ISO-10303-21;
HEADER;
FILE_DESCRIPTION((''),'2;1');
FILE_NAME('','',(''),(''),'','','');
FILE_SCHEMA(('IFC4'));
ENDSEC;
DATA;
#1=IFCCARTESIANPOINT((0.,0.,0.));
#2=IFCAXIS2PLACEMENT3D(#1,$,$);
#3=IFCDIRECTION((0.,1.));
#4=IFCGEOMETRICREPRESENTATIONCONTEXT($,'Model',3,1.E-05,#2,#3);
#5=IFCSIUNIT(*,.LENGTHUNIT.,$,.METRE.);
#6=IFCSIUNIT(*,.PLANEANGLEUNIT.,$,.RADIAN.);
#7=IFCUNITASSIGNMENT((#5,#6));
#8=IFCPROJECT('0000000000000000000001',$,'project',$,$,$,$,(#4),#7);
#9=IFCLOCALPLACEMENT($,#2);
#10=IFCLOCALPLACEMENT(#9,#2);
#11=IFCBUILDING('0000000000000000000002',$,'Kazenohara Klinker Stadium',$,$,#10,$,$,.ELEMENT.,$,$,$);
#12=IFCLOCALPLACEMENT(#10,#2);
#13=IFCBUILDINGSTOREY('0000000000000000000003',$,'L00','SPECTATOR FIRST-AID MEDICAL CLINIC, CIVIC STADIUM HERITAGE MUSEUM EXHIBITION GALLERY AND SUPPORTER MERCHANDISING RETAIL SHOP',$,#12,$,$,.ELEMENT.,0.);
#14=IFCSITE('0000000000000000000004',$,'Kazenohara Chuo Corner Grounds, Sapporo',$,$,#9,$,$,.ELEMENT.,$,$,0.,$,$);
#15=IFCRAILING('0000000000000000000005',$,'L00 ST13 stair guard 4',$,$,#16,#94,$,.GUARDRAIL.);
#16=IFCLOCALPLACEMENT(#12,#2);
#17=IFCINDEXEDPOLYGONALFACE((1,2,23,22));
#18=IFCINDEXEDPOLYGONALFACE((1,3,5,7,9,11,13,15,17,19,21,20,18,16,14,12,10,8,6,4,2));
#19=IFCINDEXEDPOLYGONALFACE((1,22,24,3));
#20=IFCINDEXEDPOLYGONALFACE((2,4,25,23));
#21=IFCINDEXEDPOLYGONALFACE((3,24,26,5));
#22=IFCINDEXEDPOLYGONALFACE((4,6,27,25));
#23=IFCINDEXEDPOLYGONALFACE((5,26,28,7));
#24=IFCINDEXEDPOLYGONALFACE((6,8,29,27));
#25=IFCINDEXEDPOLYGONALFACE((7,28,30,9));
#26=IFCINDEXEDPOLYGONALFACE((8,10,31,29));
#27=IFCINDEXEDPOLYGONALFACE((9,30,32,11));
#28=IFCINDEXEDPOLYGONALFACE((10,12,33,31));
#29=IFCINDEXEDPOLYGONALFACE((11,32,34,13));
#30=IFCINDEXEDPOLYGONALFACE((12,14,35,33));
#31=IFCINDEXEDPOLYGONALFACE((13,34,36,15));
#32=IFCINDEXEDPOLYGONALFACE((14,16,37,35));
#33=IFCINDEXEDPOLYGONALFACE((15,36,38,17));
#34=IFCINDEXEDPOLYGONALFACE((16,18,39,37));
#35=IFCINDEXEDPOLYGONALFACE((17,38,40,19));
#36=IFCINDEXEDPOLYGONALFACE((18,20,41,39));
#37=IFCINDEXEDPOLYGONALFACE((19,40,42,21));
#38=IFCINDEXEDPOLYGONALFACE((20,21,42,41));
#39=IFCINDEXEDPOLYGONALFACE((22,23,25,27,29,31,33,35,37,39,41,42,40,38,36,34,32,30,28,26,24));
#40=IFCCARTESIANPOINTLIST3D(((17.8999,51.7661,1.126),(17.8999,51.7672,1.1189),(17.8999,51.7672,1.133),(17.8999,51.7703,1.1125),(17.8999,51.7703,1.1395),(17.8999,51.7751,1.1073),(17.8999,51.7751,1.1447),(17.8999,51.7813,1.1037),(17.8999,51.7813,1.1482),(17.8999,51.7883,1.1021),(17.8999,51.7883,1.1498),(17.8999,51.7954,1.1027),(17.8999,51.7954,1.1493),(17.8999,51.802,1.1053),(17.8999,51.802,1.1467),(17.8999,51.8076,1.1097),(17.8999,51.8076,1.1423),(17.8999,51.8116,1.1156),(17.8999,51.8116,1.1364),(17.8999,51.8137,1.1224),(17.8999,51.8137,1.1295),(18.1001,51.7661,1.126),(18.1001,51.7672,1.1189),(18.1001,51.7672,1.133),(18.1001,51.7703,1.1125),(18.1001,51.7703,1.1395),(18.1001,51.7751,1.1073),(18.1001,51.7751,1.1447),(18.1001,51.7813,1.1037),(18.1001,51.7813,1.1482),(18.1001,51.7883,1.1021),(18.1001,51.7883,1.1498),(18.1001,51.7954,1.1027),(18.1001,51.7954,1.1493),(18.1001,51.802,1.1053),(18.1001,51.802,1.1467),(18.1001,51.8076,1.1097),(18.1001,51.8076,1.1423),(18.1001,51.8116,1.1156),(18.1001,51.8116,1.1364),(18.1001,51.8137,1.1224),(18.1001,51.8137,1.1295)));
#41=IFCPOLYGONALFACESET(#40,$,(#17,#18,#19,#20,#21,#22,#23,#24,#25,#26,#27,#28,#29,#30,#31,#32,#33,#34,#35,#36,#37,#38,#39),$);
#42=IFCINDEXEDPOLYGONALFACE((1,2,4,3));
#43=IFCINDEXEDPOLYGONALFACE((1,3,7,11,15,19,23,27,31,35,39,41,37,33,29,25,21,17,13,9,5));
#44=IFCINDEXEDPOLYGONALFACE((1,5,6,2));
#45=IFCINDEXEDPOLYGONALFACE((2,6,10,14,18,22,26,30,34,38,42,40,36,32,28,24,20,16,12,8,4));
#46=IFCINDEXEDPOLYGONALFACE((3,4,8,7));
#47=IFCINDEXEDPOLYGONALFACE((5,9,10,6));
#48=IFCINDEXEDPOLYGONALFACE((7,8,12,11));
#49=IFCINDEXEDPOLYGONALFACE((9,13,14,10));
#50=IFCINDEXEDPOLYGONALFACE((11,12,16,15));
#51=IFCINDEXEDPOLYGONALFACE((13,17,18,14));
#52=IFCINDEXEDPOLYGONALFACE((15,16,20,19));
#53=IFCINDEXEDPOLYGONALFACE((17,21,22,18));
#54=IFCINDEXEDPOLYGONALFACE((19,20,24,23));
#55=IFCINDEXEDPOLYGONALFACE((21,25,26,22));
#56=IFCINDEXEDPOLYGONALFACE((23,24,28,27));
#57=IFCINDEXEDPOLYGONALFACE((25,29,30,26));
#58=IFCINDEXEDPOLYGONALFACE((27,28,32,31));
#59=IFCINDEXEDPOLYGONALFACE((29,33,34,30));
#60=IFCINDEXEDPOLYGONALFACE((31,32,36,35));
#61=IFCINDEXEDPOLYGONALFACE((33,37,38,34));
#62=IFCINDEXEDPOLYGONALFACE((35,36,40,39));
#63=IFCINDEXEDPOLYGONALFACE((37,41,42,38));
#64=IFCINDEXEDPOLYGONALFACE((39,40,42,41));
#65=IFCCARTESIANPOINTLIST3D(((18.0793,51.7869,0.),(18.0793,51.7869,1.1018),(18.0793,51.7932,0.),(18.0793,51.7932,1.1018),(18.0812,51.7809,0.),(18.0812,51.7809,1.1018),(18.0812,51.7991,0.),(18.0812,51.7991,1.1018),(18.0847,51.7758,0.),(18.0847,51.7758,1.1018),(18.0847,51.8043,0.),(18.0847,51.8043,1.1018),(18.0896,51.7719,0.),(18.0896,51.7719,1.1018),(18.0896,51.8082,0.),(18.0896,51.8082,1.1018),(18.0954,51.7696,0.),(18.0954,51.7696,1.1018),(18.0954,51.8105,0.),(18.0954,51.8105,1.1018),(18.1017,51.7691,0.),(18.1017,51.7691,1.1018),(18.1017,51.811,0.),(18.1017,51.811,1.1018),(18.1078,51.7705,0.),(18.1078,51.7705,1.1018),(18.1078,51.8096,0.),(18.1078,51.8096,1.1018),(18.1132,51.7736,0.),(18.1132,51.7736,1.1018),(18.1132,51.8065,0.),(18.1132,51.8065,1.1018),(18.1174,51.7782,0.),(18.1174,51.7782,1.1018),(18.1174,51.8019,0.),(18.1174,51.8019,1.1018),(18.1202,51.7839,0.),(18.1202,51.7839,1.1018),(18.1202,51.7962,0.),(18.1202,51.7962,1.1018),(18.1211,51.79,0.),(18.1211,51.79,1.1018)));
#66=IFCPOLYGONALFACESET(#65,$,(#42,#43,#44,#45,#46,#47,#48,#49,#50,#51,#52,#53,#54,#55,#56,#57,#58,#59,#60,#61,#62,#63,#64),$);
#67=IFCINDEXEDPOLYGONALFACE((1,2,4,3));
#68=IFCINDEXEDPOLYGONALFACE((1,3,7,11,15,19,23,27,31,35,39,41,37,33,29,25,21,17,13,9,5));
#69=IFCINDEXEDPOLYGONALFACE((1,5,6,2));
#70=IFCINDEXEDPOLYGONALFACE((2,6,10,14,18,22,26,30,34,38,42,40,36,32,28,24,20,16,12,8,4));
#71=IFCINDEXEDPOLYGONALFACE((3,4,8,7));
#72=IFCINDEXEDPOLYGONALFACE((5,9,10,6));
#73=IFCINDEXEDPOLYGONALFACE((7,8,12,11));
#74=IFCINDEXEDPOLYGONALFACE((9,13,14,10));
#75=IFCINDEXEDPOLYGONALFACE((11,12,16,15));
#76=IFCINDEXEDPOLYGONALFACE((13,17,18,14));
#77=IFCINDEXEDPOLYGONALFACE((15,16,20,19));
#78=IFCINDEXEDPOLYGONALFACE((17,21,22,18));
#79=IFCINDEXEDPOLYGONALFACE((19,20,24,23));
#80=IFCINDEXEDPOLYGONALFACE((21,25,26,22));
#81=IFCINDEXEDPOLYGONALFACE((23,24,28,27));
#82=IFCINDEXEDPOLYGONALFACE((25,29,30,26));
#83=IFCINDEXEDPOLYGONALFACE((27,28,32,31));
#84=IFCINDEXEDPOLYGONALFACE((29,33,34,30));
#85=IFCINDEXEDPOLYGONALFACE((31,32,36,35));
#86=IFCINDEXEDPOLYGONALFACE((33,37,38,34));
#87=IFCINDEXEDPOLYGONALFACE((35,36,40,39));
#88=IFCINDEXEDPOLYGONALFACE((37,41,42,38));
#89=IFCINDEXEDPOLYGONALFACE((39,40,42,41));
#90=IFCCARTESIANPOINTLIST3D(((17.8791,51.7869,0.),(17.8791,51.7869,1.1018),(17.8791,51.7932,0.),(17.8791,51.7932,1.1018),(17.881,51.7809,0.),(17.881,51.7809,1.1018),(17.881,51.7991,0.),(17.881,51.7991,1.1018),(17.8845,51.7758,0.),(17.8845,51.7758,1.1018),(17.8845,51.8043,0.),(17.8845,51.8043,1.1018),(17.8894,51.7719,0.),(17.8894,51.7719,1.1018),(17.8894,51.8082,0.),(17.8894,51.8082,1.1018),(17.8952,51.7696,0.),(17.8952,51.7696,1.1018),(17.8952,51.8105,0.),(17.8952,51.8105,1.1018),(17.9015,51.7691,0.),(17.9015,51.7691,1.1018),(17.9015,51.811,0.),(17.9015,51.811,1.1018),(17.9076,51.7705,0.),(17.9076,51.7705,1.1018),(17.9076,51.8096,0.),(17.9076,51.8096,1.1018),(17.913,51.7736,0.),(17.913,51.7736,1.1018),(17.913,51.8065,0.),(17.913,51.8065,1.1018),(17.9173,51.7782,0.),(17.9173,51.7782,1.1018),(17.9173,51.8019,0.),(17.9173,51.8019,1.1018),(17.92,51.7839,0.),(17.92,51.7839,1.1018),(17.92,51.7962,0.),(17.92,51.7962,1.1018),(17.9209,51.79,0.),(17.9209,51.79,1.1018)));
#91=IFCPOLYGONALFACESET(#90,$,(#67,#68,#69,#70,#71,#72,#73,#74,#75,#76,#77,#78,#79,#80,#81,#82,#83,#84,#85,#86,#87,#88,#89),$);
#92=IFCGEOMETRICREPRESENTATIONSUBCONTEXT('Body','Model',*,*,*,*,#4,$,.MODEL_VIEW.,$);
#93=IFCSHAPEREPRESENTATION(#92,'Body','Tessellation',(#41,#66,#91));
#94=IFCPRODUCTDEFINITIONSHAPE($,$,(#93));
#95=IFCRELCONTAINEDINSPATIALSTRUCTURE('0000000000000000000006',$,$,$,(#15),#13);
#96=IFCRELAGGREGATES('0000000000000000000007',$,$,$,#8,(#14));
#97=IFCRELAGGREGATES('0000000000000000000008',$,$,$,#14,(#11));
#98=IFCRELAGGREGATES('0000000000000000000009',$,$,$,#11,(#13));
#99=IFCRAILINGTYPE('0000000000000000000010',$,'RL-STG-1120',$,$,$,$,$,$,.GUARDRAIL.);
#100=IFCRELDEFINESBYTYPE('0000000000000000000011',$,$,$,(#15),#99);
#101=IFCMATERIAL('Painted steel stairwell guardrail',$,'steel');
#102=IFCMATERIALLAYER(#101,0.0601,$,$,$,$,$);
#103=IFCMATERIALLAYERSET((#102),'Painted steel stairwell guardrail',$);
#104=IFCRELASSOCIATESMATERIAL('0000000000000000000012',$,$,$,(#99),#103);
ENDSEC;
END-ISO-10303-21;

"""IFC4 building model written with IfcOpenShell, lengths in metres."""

from ifc_helpers import new_model, si_unit, direction, frame, origin, origin_2d, place, context, subcontext, project, spatial, circle, extrude, material, layer, layer_set, type_object, element, save


model = new_model("IFC4")

# Units and contexts
model_context = context("Model", 3, precision=1e-05, world=origin(), true_north=direction((0.0, 1.0)))
body_context = subcontext(model_context, "Body", "Model", "MODEL_VIEW")
ifc_project = project(units=[si_unit("LENGTHUNIT", "METRE"), si_unit("PLANEANGLEUNIT", "RADIAN")], contexts=[model_context])

# Site, building, storey
site_placement = place(None, origin())
site = spatial("IfcSite", under=ifc_project, at=site_placement, Name="Kazenohara Chuo Corner Grounds, Sapporo", CompositionType="ELEMENT", RefElevation=0.0)
building_placement = place(site_placement, origin())
building = spatial("IfcBuilding", under=site, at=building_placement, Name="Kazenohara Klinker Stadium", CompositionType="ELEMENT")
storey_placement = place(building_placement, origin())
storey = spatial("IfcBuildingStorey", under=building, at=storey_placement, Name="L00", Description="SPECTATOR FIRST-AID MEDICAL CLINIC, CIVIC STADIUM HERITAGE MUSEUM EXHIBITION GALLERY AND SUPPORTER MERCHANDISING RETAIL SHOP", CompositionType="ELEMENT", Elevation=0.0)

# Railing
ifc_material_1 = material(Name="Painted steel stairwell guardrail", Category="steel")
ifc_layer_1 = layer(ifc_material_1, 0.0601)
ifc_layer_set_1 = layer_set([ifc_layer_1], Name="Painted steel stairwell guardrail")
railing_type_1 = type_object("IfcRailingType", Name="RL-STG-1120", PredefinedType="GUARDRAIL", material=ifc_layer_set_1)
railing_1_placement = place(storey_placement, frame((18.1001, 51.79, 0.0)))
element("IfcRailing", 1, at=railing_1_placement, inside=storey, type_object=railing_type_1, Name="L00 ST13 stair guard 4", PredefinedType="GUARDRAIL", context=body_context, shape_type="SweptSolid", body=[
    extrude(circle(Radius=0.0239, at=origin_2d()), frame((0.0, 0.0, 1.126), z_axis=(-1.0, 0.0, 0.0), x_axis=(0.0, -1.0, 0.0)), (0.0, 0.0, 1.0), 0.2002),
    extrude(circle(Radius=0.021, at=origin_2d()), origin(), (0.0, 0.0, 1.0), 1.1018),
    extrude(circle(Radius=0.021, at=origin_2d()), frame((-0.2002, 0.0, 0.0)), (0.0, 0.0, 1.0), 1.1018),
])

save(model, "model.ifc")
